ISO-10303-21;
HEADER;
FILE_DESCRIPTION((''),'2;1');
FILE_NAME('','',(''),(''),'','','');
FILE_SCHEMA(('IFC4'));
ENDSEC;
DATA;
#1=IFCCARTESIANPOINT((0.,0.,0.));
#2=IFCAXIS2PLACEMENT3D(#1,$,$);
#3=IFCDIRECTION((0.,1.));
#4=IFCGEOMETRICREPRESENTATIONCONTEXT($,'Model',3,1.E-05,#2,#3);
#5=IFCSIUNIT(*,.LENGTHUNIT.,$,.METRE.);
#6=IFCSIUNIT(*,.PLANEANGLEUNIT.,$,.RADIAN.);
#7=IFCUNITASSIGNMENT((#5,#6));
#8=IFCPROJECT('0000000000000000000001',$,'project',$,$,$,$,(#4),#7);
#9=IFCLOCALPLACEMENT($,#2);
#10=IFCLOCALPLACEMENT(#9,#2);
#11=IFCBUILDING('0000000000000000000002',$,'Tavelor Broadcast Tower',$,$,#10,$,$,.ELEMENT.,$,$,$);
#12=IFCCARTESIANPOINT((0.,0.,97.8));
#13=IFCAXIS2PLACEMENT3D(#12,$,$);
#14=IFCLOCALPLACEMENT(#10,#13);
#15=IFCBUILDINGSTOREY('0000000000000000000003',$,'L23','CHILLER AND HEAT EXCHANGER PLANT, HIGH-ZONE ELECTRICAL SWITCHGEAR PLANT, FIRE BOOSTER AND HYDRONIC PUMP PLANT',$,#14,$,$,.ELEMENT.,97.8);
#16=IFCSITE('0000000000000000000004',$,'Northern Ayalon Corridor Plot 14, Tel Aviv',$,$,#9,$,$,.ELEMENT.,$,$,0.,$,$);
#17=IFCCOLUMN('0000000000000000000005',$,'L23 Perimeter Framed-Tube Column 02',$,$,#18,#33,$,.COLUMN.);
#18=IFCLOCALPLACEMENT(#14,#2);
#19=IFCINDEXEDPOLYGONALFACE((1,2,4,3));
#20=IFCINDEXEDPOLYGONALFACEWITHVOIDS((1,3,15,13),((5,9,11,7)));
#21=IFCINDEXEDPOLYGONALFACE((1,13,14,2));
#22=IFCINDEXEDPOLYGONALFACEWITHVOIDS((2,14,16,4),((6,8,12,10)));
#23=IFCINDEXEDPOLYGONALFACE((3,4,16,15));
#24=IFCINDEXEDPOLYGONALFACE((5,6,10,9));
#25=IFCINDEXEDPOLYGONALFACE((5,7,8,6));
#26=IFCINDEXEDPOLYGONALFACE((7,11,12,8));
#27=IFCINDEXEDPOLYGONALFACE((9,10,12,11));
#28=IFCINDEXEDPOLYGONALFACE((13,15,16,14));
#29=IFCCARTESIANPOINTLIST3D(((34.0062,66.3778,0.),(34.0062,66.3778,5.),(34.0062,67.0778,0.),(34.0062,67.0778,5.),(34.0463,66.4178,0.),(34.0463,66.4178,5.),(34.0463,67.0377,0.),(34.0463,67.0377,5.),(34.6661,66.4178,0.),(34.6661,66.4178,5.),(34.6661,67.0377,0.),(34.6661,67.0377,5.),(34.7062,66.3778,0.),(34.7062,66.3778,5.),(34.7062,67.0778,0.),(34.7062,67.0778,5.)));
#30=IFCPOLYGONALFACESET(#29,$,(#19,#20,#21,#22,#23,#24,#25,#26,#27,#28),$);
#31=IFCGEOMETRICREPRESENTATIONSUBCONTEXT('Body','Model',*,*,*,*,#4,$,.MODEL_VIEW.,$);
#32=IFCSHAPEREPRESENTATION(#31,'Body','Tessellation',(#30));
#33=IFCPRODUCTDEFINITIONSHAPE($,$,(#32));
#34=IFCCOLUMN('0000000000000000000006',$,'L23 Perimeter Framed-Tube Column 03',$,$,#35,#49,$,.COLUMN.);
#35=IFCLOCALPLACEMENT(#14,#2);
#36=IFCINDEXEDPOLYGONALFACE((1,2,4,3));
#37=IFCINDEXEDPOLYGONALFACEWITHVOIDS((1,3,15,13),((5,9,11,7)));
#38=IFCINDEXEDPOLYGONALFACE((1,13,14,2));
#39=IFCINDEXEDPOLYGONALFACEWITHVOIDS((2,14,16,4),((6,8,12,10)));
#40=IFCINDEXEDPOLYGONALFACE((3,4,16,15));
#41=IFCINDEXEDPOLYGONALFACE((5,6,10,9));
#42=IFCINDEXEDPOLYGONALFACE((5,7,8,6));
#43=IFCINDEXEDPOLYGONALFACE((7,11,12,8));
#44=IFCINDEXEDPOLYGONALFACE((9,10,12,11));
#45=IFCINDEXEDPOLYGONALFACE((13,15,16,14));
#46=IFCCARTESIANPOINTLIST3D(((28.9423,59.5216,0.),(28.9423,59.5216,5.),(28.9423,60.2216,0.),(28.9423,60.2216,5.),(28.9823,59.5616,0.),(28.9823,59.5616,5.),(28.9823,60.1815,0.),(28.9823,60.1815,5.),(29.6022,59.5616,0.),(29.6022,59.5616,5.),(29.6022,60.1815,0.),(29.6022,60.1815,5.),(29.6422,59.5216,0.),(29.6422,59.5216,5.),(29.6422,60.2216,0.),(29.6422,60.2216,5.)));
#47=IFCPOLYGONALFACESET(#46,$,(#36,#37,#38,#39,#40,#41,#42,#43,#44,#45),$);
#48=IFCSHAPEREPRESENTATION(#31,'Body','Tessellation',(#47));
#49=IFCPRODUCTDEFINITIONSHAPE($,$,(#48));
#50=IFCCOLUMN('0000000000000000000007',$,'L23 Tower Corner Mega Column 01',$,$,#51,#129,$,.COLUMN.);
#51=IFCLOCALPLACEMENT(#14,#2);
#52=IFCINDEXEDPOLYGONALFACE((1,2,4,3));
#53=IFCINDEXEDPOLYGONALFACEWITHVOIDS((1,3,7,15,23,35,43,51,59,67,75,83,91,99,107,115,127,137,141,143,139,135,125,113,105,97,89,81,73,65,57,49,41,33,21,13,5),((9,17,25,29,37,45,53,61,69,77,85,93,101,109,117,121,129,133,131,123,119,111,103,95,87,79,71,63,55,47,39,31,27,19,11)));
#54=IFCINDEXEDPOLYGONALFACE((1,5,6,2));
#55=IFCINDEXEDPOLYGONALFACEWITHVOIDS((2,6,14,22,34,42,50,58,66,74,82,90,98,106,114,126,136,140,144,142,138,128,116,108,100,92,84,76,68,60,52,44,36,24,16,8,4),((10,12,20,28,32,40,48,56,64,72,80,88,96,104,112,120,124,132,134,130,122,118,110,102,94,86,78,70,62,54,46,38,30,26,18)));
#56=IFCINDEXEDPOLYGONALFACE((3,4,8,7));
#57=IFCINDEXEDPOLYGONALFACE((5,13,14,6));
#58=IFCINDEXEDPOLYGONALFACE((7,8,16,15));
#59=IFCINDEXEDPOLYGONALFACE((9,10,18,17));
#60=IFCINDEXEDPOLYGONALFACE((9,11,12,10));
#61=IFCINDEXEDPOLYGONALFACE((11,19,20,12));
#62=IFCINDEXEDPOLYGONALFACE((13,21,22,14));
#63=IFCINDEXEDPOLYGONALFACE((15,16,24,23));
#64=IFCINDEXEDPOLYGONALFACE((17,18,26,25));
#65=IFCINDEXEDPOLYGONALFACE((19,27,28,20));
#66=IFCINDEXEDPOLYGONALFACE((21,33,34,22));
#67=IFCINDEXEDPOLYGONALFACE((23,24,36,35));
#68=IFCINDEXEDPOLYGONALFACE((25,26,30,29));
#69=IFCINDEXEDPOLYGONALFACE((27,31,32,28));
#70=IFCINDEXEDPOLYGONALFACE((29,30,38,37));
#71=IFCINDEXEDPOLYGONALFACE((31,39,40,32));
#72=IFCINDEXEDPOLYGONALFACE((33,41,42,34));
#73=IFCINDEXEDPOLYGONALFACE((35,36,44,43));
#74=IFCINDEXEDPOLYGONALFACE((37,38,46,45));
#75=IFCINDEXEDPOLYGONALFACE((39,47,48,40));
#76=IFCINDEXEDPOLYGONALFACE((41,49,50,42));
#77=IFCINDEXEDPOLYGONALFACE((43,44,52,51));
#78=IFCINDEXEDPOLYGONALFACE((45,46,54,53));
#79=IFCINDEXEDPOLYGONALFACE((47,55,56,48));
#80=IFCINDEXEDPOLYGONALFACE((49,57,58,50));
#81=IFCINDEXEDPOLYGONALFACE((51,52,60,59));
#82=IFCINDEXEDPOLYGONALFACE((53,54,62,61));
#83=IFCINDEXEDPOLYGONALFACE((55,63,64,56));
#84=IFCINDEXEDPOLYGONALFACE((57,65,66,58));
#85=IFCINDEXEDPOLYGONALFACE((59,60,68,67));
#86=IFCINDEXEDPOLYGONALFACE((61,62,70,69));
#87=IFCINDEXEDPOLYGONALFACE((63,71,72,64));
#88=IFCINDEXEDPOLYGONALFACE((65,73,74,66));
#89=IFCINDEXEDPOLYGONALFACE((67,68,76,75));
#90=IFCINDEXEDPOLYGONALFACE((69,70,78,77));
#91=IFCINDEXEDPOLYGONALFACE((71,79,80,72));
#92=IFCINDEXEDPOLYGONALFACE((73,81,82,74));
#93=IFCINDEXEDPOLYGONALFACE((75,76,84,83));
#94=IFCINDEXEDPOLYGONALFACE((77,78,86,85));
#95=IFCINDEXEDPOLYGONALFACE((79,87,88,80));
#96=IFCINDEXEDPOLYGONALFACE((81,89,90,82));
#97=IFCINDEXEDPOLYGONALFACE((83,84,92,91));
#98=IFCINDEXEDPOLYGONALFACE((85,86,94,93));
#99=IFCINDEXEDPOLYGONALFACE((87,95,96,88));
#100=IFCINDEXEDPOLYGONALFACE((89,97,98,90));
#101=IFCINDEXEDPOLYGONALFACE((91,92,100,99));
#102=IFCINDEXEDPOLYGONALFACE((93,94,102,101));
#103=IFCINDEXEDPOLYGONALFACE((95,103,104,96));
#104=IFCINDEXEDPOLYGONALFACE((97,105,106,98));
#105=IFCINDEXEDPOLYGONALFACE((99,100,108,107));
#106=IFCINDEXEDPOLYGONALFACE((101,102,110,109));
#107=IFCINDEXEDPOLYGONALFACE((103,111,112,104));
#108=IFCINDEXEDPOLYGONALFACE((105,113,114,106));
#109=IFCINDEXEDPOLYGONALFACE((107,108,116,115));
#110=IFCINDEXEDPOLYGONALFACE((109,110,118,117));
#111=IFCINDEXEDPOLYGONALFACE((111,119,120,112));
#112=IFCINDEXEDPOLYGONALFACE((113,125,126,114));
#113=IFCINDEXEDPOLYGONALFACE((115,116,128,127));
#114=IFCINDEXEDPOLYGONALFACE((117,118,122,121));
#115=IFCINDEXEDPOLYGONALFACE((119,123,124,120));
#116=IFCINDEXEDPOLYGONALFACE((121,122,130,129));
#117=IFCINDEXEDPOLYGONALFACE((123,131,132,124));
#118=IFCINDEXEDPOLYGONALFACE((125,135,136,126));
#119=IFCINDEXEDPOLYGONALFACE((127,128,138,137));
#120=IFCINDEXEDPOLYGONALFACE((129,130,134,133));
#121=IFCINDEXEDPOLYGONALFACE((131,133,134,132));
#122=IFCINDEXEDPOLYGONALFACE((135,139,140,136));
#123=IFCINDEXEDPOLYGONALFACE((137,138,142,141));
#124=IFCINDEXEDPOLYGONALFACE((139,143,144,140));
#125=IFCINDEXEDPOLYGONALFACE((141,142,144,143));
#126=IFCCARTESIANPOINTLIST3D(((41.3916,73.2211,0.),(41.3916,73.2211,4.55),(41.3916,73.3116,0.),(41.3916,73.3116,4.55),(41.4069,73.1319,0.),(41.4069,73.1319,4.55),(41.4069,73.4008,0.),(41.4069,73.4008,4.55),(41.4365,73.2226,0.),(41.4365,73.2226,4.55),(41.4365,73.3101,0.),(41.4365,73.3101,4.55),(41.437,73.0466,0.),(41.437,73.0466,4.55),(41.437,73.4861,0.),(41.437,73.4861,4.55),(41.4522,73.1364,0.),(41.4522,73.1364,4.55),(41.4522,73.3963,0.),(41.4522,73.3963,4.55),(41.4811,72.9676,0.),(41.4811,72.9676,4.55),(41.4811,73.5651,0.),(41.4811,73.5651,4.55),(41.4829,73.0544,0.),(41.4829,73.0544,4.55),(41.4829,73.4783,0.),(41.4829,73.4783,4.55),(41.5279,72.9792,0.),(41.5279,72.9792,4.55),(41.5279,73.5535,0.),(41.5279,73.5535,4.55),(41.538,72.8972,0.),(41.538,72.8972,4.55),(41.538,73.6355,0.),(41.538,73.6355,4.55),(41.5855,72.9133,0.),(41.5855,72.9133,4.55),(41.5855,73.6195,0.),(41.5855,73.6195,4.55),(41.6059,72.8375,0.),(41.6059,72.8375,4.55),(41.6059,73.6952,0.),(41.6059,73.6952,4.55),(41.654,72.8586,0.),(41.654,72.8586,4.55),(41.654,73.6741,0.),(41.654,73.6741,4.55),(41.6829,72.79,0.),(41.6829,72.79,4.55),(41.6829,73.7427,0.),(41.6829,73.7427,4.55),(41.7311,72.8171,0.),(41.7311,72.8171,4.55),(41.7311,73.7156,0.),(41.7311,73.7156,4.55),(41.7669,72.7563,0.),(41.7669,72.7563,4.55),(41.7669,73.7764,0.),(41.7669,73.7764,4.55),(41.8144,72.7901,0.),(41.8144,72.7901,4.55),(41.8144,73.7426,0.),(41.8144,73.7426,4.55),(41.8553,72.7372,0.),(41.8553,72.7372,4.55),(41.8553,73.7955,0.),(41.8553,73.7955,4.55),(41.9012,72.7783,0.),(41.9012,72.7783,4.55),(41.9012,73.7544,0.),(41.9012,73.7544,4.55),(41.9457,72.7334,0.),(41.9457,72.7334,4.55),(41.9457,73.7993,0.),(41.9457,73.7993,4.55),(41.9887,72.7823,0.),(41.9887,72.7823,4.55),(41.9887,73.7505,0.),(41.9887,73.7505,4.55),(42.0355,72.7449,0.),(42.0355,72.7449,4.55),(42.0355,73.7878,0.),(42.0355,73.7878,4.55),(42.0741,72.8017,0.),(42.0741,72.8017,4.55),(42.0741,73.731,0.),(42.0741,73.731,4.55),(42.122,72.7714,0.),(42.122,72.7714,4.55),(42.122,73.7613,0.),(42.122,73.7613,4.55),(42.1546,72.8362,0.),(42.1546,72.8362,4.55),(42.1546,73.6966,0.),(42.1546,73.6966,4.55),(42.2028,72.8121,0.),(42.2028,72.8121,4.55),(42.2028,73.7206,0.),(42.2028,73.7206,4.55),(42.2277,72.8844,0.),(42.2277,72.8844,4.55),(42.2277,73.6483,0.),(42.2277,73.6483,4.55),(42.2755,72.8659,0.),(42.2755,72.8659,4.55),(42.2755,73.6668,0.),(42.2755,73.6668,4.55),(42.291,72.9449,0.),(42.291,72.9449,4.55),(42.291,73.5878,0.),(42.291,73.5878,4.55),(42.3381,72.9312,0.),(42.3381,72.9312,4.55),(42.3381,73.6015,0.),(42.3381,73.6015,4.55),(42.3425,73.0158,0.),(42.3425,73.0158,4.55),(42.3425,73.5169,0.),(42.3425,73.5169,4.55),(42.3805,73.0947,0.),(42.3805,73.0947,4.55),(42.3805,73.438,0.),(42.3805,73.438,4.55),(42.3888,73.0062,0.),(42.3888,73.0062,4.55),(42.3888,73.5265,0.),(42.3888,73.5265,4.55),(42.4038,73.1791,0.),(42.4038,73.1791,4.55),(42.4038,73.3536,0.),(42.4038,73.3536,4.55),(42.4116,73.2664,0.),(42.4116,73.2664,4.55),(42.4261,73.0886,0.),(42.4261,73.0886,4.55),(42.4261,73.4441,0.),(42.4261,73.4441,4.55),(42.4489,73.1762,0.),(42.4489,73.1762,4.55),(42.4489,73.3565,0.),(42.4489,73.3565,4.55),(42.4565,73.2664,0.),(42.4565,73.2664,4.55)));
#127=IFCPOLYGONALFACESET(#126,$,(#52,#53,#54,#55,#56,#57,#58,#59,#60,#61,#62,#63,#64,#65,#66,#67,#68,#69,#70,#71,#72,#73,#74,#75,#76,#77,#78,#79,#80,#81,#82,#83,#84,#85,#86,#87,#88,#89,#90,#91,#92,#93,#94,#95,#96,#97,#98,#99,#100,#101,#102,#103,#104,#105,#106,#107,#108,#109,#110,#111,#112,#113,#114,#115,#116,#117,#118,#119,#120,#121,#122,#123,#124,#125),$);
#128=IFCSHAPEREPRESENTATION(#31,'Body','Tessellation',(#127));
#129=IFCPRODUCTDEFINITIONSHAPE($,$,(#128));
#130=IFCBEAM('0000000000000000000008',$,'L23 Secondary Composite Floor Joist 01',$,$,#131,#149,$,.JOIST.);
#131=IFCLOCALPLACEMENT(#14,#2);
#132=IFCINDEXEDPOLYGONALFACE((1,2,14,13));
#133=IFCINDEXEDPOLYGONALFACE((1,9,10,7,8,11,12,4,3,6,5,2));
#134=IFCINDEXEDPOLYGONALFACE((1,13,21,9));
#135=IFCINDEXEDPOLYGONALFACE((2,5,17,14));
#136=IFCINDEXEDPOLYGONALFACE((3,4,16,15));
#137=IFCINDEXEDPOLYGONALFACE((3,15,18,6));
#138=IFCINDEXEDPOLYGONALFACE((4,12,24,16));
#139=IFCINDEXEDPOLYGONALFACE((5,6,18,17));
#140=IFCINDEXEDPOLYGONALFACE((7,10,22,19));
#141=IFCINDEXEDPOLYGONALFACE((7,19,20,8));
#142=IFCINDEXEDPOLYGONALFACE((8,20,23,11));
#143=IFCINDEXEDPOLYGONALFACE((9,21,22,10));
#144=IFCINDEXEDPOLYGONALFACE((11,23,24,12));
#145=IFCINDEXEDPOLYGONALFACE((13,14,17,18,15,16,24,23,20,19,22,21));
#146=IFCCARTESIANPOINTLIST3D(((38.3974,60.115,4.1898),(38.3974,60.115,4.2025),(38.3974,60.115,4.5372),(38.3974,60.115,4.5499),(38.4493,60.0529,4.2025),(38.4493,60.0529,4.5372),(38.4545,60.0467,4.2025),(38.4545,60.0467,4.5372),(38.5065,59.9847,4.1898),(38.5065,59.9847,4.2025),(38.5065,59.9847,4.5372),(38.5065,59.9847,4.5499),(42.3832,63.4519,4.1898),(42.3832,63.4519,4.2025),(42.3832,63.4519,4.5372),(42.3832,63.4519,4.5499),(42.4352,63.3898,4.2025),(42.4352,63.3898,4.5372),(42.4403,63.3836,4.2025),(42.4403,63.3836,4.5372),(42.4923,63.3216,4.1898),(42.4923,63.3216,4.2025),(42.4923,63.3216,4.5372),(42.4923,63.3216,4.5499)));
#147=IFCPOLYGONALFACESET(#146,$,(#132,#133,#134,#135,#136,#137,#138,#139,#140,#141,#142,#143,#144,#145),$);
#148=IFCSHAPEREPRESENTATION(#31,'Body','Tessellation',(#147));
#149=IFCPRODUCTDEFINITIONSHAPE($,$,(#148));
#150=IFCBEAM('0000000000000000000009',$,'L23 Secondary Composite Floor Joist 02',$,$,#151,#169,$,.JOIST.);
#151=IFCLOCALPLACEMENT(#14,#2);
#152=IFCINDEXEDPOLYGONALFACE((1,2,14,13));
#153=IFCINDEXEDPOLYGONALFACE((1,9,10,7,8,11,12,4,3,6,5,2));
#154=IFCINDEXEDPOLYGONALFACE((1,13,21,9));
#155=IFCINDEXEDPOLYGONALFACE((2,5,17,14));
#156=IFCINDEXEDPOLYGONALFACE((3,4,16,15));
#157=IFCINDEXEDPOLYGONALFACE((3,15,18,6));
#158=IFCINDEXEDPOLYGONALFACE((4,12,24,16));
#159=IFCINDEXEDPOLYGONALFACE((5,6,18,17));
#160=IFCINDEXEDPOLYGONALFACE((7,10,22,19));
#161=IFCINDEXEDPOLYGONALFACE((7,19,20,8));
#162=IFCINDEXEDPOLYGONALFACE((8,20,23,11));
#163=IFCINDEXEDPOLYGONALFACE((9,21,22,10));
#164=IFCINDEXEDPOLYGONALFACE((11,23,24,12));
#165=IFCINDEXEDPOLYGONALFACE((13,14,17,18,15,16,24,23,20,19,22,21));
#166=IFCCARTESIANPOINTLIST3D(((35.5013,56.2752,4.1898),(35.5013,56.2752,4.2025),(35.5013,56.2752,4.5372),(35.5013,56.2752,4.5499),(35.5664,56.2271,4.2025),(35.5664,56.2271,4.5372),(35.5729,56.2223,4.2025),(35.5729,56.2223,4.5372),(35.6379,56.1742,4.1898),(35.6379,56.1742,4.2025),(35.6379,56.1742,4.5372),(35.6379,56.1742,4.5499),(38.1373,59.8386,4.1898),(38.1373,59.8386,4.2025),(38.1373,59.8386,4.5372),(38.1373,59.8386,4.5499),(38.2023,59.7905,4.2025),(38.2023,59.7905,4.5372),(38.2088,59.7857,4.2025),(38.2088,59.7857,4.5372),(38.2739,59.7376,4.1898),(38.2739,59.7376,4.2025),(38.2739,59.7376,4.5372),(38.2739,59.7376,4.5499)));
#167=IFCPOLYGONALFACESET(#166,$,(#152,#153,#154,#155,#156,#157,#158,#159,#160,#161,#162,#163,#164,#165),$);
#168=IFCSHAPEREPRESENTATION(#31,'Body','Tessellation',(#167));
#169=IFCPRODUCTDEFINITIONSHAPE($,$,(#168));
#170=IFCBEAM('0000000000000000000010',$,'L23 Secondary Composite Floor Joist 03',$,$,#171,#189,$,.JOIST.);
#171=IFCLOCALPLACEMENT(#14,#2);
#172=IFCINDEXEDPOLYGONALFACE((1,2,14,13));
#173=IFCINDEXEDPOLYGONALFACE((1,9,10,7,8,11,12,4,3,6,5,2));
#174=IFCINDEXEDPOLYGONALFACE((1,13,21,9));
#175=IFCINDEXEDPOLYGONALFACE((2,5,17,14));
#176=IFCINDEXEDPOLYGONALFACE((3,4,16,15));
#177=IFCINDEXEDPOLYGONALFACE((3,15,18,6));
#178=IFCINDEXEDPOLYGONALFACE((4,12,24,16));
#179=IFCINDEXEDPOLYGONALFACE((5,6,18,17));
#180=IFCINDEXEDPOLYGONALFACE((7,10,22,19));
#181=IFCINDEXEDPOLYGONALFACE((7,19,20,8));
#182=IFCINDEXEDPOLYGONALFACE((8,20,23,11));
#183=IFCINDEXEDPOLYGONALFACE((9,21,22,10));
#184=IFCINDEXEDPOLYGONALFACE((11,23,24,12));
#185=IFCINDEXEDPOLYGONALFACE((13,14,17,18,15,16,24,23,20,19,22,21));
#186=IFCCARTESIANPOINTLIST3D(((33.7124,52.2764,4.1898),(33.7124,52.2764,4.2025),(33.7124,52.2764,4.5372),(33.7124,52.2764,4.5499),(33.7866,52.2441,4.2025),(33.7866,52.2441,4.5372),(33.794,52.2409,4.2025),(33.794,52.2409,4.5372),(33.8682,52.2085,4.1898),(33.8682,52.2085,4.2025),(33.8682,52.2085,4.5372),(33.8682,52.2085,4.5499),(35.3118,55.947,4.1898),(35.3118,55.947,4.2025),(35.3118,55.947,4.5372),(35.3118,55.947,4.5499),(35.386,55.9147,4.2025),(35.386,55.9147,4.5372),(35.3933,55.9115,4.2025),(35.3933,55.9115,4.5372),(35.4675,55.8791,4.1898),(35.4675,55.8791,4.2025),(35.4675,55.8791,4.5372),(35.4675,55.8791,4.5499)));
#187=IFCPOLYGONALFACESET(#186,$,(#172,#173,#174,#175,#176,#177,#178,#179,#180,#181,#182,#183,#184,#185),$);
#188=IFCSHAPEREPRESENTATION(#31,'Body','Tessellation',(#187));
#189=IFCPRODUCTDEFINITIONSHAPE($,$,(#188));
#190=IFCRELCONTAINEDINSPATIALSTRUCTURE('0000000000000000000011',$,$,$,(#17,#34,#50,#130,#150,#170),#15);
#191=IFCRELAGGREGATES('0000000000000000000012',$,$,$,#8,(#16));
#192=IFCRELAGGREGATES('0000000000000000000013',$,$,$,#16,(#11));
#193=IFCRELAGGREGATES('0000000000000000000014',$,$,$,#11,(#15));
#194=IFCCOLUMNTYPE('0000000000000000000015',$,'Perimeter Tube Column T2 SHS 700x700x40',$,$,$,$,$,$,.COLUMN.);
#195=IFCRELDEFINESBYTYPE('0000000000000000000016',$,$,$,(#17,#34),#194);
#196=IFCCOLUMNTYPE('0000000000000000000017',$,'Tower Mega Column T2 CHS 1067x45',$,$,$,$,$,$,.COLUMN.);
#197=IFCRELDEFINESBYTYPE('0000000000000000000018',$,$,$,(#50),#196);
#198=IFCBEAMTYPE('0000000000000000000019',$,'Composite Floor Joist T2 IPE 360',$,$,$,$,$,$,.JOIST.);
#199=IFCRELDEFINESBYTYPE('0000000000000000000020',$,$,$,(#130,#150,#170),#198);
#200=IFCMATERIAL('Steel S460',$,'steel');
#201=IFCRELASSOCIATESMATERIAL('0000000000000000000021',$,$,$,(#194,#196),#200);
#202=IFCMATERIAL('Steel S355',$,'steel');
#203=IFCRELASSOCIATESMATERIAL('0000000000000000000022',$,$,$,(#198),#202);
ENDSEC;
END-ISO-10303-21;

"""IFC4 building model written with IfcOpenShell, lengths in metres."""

from ifc_helpers import new_model, si_unit, direction, frame, origin, origin_2d, place, context, subcontext, project, spatial, hollow_rectangle, hollow_circle, i_section, extrude, material, material_profile, profile_set, type_object, element, save


model = new_model("IFC4")

# Units and contexts
model_context = context("Model", 3, precision=1e-05, world=origin(), true_north=direction((0.0, 1.0)))
body_context = subcontext(model_context, "Body", "Model", "MODEL_VIEW")
ifc_project = project(units=[si_unit("LENGTHUNIT", "METRE"), si_unit("PLANEANGLEUNIT", "RADIAN")], contexts=[model_context])

# Site, building, storey
site_placement = place(None, origin())
site = spatial("IfcSite", under=ifc_project, at=site_placement, Name="Northern Ayalon Corridor Plot 14, Tel Aviv", CompositionType="ELEMENT", RefElevation=0.0)
building_placement = place(site_placement, origin())
building = spatial("IfcBuilding", under=site, at=building_placement, Name="Tavelor Broadcast Tower", CompositionType="ELEMENT")
storey_placement = place(building_placement, frame((0.0, 0.0, 97.8)))
storey = spatial("IfcBuildingStorey", under=building, at=storey_placement, Name="L23", Description="CHILLER AND HEAT EXCHANGER PLANT, HIGH-ZONE ELECTRICAL SWITCHGEAR PLANT, FIRE BOOSTER AND HYDRONIC PUMP PLANT", CompositionType="ELEMENT", Elevation=97.8)

# Columns
ifc_material_1 = material(Name="Steel S460", Category="steel")
ifc_material_profile_1 = material_profile(ifc_material_1, hollow_rectangle(XDim=0.7, YDim=0.7, WallThickness=0.04, at=origin_2d()), Name="SHS 700x700x40")
ifc_profile_set_1 = profile_set([ifc_material_profile_1], Name="Steel S460")
column_type_1 = type_object("IfcColumnType", Name="Perimeter Tube Column T2 SHS 700x700x40", PredefinedType="COLUMN", material=ifc_profile_set_1)
for number, where, z_axis, x_axis, name in (
    (1, (34.3562, 66.7278, 0.0), (0.0, 0.0, 1.0), (1.0, 0.0, 0.0), "L23 Perimeter Framed-Tube Column 02"),
    (2, (29.2922, 59.8716, 0.0), (0.0, 0.0, 1.0), (1.0, 0.0, 0.0), "L23 Perimeter Framed-Tube Column 03"),
):
    element("IfcColumn", number, at=place(storey_placement, frame(where, z_axis=z_axis, x_axis=x_axis)), inside=storey, type_object=column_type_1, Name=name, PredefinedType="COLUMN", context=body_context, shape_type="SweptSolid", body=[
        extrude(hollow_rectangle(XDim=0.7, YDim=0.7, WallThickness=0.04, at=origin_2d()), origin(), (0.0, 0.0, 1.0), 5.0),
    ])
ifc_material_profile_2 = material_profile(ifc_material_1, hollow_circle(Radius=0.5334, WallThickness=0.0449, at=origin_2d()), Name="CHS 1067x45")
ifc_profile_set_2 = profile_set([ifc_material_profile_2], Name="Steel S460")
column_type_2 = type_object("IfcColumnType", Name="Tower Mega Column T2 CHS 1067x45", PredefinedType="COLUMN", material=ifc_profile_set_2)
column_placement = place(storey_placement, frame((41.9231, 73.2664, 0.0), z_axis=(0.0, 0.0, 1.0), x_axis=(1.0, 0.0, 0.0)))
element("IfcColumn", 3, at=column_placement, inside=storey, type_object=column_type_2, Name="L23 Tower Corner Mega Column 01", PredefinedType="COLUMN", context=body_context, shape_type="SweptSolid", body=[
    extrude(hollow_circle(Radius=0.5334, WallThickness=0.0449, at=origin_2d()), origin(), (0.0, 0.0, 1.0), 4.55),
])

# Beams
ifc_material_2 = material(Name="Steel S355", Category="steel")
ifc_material_profile_3 = material_profile(ifc_material_2, i_section(OverallWidth=0.1699, OverallDepth=0.3601, WebThickness=0.0081, FlangeThickness=0.0127, at=origin_2d()), Name="IPE 360")
ifc_profile_set_3 = profile_set([ifc_material_profile_3], Name="Steel S355")
beam_type_1 = type_object("IfcBeamType", Name="Composite Floor Joist T2 IPE 360", PredefinedType="JOIST", material=ifc_profile_set_3)
beam_1_placement = place(storey_placement, frame((42.4377, 63.3867, 4.3699), z_axis=(-0.766764, -0.641929, 0.0), x_axis=(0.641929, -0.766764, 0.0)))
element("IfcBeam", 4, at=beam_1_placement, inside=storey, type_object=beam_type_1, Name="L23 Secondary Composite Floor Joist 01", PredefinedType="JOIST", context=body_context, shape_type="SweptSolid", body=[
    extrude(i_section(OverallWidth=0.1699, OverallDepth=0.3601, WebThickness=0.0081, FlangeThickness=0.0127, at=origin_2d()), origin(), (0.0, 0.0, 1.0), 5.1982),
])
beam_2_placement = place(storey_placement, frame((38.2056, 59.7881, 4.3699), z_axis=(-0.594699, -0.803948, 0.0), x_axis=(0.803948, -0.594699, 0.0)))
element("IfcBeam", 5, at=beam_2_placement, inside=storey, type_object=beam_type_1, Name="L23 Secondary Composite Floor Joist 02", PredefinedType="JOIST", context=body_context, shape_type="SweptSolid", body=[
    extrude(i_section(OverallWidth=0.1699, OverallDepth=0.3601, WebThickness=0.0081, FlangeThickness=0.0127, at=origin_2d()), origin(), (0.0, 0.0, 1.0), 4.4324),
])
beam_3_placement = place(storey_placement, frame((35.3896, 55.9131, 4.3699), z_axis=(-0.399446, -0.916757, 0.0), x_axis=(0.916757, -0.399446, 0.0)))
element("IfcBeam", 6, at=beam_3_placement, inside=storey, type_object=beam_type_1, Name="L23 Secondary Composite Floor Joist 03", PredefinedType="JOIST", context=body_context, shape_type="SweptSolid", body=[
    extrude(i_section(OverallWidth=0.1699, OverallDepth=0.3601, WebThickness=0.0081, FlangeThickness=0.0127, at=origin_2d()), origin(), (0.0, 0.0, 1.0), 4.0039),
])

save(model, "model.ifc")
